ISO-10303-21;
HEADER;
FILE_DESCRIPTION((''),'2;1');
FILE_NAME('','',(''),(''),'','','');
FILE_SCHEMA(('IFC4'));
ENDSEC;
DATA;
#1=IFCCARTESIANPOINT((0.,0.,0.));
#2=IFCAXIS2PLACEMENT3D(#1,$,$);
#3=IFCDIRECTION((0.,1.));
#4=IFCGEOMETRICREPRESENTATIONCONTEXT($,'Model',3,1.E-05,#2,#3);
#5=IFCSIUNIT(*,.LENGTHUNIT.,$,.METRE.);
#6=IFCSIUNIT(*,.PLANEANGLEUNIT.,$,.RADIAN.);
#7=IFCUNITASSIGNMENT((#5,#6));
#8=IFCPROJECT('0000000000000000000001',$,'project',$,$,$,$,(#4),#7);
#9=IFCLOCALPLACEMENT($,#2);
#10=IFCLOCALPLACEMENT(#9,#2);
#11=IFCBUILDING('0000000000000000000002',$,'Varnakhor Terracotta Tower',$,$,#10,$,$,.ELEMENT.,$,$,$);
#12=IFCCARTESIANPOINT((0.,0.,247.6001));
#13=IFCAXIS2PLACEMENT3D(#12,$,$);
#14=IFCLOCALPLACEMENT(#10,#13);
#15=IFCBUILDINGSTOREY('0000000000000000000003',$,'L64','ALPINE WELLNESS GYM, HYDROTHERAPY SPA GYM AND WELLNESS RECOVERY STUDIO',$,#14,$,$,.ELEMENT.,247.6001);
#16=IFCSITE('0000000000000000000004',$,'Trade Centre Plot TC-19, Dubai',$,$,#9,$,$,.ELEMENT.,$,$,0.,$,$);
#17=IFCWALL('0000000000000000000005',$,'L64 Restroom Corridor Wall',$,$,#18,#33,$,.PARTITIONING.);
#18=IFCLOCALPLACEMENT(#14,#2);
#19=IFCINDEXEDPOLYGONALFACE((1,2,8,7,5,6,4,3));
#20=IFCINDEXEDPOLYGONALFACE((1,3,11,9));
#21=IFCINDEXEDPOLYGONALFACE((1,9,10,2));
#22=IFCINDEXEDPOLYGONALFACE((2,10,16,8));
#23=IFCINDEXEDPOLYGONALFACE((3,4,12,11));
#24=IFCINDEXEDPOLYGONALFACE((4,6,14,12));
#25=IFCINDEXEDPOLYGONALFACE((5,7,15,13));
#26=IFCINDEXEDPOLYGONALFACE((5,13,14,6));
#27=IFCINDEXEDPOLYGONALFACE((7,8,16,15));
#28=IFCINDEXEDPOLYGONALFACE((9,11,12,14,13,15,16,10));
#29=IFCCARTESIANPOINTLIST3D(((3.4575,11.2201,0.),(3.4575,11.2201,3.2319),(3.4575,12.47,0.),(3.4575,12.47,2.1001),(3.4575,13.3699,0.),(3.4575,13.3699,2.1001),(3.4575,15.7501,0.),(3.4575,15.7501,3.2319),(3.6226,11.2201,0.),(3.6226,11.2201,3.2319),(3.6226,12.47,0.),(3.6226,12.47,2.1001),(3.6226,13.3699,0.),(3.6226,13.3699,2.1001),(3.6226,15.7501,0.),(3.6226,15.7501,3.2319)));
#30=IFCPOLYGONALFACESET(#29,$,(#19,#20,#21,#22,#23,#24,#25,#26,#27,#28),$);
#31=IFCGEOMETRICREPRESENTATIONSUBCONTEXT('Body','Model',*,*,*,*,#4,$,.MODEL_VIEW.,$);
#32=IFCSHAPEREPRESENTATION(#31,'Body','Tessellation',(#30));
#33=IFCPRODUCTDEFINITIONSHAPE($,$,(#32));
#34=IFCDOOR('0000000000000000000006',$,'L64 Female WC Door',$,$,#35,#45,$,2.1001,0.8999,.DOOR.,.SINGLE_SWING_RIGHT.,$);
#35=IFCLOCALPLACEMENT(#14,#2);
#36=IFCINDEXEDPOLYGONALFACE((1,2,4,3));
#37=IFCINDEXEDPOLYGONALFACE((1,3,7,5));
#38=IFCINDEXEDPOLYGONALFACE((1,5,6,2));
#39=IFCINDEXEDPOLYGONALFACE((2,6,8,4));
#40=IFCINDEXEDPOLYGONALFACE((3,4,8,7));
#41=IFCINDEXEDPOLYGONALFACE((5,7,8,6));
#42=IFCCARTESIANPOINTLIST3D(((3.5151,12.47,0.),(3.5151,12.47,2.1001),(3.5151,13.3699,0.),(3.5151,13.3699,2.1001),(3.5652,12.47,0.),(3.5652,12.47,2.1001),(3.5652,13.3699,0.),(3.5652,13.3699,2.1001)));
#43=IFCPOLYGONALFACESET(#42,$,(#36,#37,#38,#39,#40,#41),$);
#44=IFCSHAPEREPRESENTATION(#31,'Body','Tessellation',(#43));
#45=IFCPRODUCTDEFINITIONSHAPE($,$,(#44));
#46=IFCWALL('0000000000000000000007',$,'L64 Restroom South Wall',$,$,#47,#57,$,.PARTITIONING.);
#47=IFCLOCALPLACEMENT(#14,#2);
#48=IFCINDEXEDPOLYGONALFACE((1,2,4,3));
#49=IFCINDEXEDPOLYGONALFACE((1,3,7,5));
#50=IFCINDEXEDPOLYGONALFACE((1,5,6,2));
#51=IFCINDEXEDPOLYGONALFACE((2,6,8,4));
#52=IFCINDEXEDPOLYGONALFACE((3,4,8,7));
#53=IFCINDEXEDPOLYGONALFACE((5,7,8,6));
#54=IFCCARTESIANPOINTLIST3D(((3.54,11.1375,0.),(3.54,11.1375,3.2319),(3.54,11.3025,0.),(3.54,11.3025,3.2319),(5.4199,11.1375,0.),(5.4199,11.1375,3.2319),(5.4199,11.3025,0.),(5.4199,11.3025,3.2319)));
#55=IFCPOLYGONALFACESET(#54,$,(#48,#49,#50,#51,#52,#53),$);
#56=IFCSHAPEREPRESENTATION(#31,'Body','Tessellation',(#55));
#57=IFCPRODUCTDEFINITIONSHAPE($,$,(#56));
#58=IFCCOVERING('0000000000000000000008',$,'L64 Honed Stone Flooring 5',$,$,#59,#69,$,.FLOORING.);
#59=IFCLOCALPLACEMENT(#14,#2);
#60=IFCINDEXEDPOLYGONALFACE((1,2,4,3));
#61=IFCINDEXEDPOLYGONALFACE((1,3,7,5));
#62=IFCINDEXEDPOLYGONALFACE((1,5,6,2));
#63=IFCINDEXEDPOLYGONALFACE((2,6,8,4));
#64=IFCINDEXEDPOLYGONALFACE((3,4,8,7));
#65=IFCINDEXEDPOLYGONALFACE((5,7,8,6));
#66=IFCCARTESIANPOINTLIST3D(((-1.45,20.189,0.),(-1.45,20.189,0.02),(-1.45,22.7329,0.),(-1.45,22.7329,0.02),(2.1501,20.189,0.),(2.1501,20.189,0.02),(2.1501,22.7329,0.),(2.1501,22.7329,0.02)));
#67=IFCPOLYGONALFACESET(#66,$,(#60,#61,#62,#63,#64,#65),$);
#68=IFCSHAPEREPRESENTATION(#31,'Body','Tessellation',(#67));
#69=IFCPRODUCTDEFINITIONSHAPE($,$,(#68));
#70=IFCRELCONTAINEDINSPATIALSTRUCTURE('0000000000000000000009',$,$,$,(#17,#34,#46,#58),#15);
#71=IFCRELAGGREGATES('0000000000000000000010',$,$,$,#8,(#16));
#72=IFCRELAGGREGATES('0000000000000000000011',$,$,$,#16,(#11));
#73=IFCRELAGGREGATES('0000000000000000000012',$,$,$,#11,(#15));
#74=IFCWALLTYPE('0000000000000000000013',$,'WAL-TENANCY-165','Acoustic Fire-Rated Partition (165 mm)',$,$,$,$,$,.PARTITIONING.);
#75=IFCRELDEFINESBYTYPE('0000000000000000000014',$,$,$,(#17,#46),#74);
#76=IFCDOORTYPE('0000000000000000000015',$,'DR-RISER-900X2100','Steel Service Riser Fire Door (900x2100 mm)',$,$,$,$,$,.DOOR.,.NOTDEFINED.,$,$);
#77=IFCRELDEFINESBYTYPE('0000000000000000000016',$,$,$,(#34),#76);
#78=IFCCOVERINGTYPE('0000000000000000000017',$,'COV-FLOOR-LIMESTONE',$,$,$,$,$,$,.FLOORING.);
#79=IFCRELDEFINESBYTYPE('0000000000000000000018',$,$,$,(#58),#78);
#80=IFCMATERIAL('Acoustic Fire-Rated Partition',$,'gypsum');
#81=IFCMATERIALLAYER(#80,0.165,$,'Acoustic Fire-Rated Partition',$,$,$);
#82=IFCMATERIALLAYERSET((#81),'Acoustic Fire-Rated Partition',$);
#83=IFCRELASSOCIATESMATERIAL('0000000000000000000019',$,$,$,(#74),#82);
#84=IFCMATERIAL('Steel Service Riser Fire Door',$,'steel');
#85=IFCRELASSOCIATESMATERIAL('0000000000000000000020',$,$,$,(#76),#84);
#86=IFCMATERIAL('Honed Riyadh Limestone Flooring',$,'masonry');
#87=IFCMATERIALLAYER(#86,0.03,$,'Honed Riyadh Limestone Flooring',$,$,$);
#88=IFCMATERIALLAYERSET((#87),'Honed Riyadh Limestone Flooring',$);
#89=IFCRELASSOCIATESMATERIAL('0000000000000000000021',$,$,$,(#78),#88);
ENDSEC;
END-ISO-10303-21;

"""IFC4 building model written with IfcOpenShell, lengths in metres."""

from ifc_helpers import new_model, si_unit, direction, frame, frame_2d, origin, origin_2d, place, context, subcontext, project, spatial, rectangle, extrude, source, transform, mapped, material, layer, layer_set, type_object, type_shapes, element, fill, save


model = new_model("IFC4")

# Units and contexts
model_context = context("Model", 3, precision=1e-05, world=origin(), true_north=direction((0.0, 1.0)))
body_context = subcontext(model_context, "Body", "Model", "MODEL_VIEW")
ifc_project = project(units=[si_unit("LENGTHUNIT", "METRE"), si_unit("PLANEANGLEUNIT", "RADIAN")], contexts=[model_context])

# Site, building, storey
site_placement = place(None, origin())
site = spatial("IfcSite", under=ifc_project, at=site_placement, Name="Trade Centre Plot TC-19, Dubai", CompositionType="ELEMENT", RefElevation=0.0)
building_placement = place(site_placement, origin())
building = spatial("IfcBuilding", under=site, at=building_placement, Name="Varnakhor Terracotta Tower", CompositionType="ELEMENT")
storey_placement = place(building_placement, frame((0.0, 0.0, 247.6001)))
storey = spatial("IfcBuildingStorey", under=building, at=storey_placement, Name="L64", Description="ALPINE WELLNESS GYM, HYDROTHERAPY SPA GYM AND WELLNESS RECOVERY STUDIO", CompositionType="ELEMENT", Elevation=247.6001)

# Wall, opening, door
ifc_material_1 = material(Name="Acoustic Fire-Rated Partition", Category="gypsum")
ifc_layer_1 = layer(ifc_material_1, 0.165, Name="Acoustic Fire-Rated Partition")
ifc_layer_set_1 = layer_set([ifc_layer_1], Name="Acoustic Fire-Rated Partition")
wall_type_1 = type_object("IfcWallType", Name="WAL-TENANCY-165", Description="Acoustic Fire-Rated Partition (165 mm)", PredefinedType="PARTITIONING", material=ifc_layer_set_1)
wall_1_placement = place(storey_placement, frame((3.54, 11.22, 0.0), z_axis=(0.0, 0.0, 1.0), x_axis=(0.0, 1.0, 0.0)))
wall_1 = element("IfcWall", 1, at=wall_1_placement, inside=storey, type_object=wall_type_1, Name="L64 Restroom Corridor Wall", PredefinedType="PARTITIONING", context=body_context, shape_type="SweptSolid", body=[
    extrude(rectangle(XDim=4.53, YDim=0.165, at=frame_2d((2.2651, 0.0))), origin(), (0.0, 0.0, 1.0), 3.2319),
])
opening_1_placement = place(wall_1_placement, frame((1.25, 0.0, 0.0)))
opening_1 = element("IfcOpeningElement", 2, at=opening_1_placement, cuts=wall_1, PredefinedType="OPENING", context=body_context, shape_type="SweptSolid", body=[
    extrude(rectangle(XDim=0.8999, YDim=2.1001, at=frame_2d((0.45, 1.05))), frame((0.0, 0.0925, 0.0), z_axis=(0.0, -1.0, 0.0), x_axis=(1.0, 0.0, 0.0)), (0.0, 0.0, 1.0), 0.1851),
])
ifc_material_2 = material(Name="Steel Service Riser Fire Door", Category="steel")
door_type_1 = type_object("IfcDoorType", Name="DR-RISER-900X2100", Description="Steel Service Riser Fire Door (900x2100 mm)", OperationType="NOTDEFINED", PredefinedType="DOOR", material=ifc_material_2)
shared_shape_1 = source(origin(), body_context, "Body", "SweptSolid", [
    extrude(rectangle(XDim=0.8999, YDim=2.1001, at=frame_2d((0.45, 1.05))), frame((0.0, 0.0249, 0.0), z_axis=(0.0, -1.0, 0.0), x_axis=(1.0, 0.0, 0.0)), (0.0, 0.0, 1.0), 0.05),
])
type_shapes(door_type_1, [shared_shape_1])
door_1_placement = place(opening_1_placement, origin())
door_1 = element("IfcDoor", 3, at=door_1_placement, inside=storey, type_object=door_type_1, Name="L64 Female WC Door", OperationType="SINGLE_SWING_RIGHT", OverallHeight=2.1001, OverallWidth=0.8999, PredefinedType="DOOR", context=body_context, shape_type="MappedRepresentation", body=[
    mapped(shared_shape_1, transform((0.0, 0.0, 0.0), scale=1.0)),
])
fill(opening_1, door_1)

# Wall
wall_2_placement = place(storey_placement, frame((3.54, 11.22, 0.0), z_axis=(0.0, 0.0, 1.0), x_axis=(1.0, 0.0, 0.0)))
element("IfcWall", 4, at=wall_2_placement, inside=storey, type_object=wall_type_1, Name="L64 Restroom South Wall", PredefinedType="PARTITIONING", context=body_context, shape_type="SweptSolid", body=[
    extrude(rectangle(XDim=1.8799, YDim=0.165, at=frame_2d((0.9399, 0.0))), origin(), (0.0, 0.0, 1.0), 3.2319),
])

# Covering
ifc_material_3 = material(Name="Honed Riyadh Limestone Flooring", Category="masonry")
ifc_layer_2 = layer(ifc_material_3, 0.03, Name="Honed Riyadh Limestone Flooring")
ifc_layer_set_2 = layer_set([ifc_layer_2], Name="Honed Riyadh Limestone Flooring")
covering_type = type_object("IfcCoveringType", Name="COV-FLOOR-LIMESTONE", PredefinedType="FLOORING", material=ifc_layer_set_2)
shared_shape_2 = source(origin(), body_context, "Body", "SweptSolid", [
    extrude(rectangle(XDim=3.6001, YDim=2.5439, at=origin_2d()), origin(), (0.0, 0.0, 1.0), 0.02),
])
covering_placement = place(storey_placement, frame((0.3501, 21.4609, 0.0), z_axis=(0.0, 0.0, 1.0), x_axis=(1.0, 0.0, 0.0)))
element("IfcCovering", 5, at=covering_placement, inside=storey, type_object=covering_type, Name="L64 Honed Stone Flooring 5", PredefinedType="FLOORING", context=body_context, shape_type="MappedRepresentation", body=[
    mapped(shared_shape_2, transform((0.0, 0.0, 0.0), scale=1.0)),
])

save(model, "model.ifc")
